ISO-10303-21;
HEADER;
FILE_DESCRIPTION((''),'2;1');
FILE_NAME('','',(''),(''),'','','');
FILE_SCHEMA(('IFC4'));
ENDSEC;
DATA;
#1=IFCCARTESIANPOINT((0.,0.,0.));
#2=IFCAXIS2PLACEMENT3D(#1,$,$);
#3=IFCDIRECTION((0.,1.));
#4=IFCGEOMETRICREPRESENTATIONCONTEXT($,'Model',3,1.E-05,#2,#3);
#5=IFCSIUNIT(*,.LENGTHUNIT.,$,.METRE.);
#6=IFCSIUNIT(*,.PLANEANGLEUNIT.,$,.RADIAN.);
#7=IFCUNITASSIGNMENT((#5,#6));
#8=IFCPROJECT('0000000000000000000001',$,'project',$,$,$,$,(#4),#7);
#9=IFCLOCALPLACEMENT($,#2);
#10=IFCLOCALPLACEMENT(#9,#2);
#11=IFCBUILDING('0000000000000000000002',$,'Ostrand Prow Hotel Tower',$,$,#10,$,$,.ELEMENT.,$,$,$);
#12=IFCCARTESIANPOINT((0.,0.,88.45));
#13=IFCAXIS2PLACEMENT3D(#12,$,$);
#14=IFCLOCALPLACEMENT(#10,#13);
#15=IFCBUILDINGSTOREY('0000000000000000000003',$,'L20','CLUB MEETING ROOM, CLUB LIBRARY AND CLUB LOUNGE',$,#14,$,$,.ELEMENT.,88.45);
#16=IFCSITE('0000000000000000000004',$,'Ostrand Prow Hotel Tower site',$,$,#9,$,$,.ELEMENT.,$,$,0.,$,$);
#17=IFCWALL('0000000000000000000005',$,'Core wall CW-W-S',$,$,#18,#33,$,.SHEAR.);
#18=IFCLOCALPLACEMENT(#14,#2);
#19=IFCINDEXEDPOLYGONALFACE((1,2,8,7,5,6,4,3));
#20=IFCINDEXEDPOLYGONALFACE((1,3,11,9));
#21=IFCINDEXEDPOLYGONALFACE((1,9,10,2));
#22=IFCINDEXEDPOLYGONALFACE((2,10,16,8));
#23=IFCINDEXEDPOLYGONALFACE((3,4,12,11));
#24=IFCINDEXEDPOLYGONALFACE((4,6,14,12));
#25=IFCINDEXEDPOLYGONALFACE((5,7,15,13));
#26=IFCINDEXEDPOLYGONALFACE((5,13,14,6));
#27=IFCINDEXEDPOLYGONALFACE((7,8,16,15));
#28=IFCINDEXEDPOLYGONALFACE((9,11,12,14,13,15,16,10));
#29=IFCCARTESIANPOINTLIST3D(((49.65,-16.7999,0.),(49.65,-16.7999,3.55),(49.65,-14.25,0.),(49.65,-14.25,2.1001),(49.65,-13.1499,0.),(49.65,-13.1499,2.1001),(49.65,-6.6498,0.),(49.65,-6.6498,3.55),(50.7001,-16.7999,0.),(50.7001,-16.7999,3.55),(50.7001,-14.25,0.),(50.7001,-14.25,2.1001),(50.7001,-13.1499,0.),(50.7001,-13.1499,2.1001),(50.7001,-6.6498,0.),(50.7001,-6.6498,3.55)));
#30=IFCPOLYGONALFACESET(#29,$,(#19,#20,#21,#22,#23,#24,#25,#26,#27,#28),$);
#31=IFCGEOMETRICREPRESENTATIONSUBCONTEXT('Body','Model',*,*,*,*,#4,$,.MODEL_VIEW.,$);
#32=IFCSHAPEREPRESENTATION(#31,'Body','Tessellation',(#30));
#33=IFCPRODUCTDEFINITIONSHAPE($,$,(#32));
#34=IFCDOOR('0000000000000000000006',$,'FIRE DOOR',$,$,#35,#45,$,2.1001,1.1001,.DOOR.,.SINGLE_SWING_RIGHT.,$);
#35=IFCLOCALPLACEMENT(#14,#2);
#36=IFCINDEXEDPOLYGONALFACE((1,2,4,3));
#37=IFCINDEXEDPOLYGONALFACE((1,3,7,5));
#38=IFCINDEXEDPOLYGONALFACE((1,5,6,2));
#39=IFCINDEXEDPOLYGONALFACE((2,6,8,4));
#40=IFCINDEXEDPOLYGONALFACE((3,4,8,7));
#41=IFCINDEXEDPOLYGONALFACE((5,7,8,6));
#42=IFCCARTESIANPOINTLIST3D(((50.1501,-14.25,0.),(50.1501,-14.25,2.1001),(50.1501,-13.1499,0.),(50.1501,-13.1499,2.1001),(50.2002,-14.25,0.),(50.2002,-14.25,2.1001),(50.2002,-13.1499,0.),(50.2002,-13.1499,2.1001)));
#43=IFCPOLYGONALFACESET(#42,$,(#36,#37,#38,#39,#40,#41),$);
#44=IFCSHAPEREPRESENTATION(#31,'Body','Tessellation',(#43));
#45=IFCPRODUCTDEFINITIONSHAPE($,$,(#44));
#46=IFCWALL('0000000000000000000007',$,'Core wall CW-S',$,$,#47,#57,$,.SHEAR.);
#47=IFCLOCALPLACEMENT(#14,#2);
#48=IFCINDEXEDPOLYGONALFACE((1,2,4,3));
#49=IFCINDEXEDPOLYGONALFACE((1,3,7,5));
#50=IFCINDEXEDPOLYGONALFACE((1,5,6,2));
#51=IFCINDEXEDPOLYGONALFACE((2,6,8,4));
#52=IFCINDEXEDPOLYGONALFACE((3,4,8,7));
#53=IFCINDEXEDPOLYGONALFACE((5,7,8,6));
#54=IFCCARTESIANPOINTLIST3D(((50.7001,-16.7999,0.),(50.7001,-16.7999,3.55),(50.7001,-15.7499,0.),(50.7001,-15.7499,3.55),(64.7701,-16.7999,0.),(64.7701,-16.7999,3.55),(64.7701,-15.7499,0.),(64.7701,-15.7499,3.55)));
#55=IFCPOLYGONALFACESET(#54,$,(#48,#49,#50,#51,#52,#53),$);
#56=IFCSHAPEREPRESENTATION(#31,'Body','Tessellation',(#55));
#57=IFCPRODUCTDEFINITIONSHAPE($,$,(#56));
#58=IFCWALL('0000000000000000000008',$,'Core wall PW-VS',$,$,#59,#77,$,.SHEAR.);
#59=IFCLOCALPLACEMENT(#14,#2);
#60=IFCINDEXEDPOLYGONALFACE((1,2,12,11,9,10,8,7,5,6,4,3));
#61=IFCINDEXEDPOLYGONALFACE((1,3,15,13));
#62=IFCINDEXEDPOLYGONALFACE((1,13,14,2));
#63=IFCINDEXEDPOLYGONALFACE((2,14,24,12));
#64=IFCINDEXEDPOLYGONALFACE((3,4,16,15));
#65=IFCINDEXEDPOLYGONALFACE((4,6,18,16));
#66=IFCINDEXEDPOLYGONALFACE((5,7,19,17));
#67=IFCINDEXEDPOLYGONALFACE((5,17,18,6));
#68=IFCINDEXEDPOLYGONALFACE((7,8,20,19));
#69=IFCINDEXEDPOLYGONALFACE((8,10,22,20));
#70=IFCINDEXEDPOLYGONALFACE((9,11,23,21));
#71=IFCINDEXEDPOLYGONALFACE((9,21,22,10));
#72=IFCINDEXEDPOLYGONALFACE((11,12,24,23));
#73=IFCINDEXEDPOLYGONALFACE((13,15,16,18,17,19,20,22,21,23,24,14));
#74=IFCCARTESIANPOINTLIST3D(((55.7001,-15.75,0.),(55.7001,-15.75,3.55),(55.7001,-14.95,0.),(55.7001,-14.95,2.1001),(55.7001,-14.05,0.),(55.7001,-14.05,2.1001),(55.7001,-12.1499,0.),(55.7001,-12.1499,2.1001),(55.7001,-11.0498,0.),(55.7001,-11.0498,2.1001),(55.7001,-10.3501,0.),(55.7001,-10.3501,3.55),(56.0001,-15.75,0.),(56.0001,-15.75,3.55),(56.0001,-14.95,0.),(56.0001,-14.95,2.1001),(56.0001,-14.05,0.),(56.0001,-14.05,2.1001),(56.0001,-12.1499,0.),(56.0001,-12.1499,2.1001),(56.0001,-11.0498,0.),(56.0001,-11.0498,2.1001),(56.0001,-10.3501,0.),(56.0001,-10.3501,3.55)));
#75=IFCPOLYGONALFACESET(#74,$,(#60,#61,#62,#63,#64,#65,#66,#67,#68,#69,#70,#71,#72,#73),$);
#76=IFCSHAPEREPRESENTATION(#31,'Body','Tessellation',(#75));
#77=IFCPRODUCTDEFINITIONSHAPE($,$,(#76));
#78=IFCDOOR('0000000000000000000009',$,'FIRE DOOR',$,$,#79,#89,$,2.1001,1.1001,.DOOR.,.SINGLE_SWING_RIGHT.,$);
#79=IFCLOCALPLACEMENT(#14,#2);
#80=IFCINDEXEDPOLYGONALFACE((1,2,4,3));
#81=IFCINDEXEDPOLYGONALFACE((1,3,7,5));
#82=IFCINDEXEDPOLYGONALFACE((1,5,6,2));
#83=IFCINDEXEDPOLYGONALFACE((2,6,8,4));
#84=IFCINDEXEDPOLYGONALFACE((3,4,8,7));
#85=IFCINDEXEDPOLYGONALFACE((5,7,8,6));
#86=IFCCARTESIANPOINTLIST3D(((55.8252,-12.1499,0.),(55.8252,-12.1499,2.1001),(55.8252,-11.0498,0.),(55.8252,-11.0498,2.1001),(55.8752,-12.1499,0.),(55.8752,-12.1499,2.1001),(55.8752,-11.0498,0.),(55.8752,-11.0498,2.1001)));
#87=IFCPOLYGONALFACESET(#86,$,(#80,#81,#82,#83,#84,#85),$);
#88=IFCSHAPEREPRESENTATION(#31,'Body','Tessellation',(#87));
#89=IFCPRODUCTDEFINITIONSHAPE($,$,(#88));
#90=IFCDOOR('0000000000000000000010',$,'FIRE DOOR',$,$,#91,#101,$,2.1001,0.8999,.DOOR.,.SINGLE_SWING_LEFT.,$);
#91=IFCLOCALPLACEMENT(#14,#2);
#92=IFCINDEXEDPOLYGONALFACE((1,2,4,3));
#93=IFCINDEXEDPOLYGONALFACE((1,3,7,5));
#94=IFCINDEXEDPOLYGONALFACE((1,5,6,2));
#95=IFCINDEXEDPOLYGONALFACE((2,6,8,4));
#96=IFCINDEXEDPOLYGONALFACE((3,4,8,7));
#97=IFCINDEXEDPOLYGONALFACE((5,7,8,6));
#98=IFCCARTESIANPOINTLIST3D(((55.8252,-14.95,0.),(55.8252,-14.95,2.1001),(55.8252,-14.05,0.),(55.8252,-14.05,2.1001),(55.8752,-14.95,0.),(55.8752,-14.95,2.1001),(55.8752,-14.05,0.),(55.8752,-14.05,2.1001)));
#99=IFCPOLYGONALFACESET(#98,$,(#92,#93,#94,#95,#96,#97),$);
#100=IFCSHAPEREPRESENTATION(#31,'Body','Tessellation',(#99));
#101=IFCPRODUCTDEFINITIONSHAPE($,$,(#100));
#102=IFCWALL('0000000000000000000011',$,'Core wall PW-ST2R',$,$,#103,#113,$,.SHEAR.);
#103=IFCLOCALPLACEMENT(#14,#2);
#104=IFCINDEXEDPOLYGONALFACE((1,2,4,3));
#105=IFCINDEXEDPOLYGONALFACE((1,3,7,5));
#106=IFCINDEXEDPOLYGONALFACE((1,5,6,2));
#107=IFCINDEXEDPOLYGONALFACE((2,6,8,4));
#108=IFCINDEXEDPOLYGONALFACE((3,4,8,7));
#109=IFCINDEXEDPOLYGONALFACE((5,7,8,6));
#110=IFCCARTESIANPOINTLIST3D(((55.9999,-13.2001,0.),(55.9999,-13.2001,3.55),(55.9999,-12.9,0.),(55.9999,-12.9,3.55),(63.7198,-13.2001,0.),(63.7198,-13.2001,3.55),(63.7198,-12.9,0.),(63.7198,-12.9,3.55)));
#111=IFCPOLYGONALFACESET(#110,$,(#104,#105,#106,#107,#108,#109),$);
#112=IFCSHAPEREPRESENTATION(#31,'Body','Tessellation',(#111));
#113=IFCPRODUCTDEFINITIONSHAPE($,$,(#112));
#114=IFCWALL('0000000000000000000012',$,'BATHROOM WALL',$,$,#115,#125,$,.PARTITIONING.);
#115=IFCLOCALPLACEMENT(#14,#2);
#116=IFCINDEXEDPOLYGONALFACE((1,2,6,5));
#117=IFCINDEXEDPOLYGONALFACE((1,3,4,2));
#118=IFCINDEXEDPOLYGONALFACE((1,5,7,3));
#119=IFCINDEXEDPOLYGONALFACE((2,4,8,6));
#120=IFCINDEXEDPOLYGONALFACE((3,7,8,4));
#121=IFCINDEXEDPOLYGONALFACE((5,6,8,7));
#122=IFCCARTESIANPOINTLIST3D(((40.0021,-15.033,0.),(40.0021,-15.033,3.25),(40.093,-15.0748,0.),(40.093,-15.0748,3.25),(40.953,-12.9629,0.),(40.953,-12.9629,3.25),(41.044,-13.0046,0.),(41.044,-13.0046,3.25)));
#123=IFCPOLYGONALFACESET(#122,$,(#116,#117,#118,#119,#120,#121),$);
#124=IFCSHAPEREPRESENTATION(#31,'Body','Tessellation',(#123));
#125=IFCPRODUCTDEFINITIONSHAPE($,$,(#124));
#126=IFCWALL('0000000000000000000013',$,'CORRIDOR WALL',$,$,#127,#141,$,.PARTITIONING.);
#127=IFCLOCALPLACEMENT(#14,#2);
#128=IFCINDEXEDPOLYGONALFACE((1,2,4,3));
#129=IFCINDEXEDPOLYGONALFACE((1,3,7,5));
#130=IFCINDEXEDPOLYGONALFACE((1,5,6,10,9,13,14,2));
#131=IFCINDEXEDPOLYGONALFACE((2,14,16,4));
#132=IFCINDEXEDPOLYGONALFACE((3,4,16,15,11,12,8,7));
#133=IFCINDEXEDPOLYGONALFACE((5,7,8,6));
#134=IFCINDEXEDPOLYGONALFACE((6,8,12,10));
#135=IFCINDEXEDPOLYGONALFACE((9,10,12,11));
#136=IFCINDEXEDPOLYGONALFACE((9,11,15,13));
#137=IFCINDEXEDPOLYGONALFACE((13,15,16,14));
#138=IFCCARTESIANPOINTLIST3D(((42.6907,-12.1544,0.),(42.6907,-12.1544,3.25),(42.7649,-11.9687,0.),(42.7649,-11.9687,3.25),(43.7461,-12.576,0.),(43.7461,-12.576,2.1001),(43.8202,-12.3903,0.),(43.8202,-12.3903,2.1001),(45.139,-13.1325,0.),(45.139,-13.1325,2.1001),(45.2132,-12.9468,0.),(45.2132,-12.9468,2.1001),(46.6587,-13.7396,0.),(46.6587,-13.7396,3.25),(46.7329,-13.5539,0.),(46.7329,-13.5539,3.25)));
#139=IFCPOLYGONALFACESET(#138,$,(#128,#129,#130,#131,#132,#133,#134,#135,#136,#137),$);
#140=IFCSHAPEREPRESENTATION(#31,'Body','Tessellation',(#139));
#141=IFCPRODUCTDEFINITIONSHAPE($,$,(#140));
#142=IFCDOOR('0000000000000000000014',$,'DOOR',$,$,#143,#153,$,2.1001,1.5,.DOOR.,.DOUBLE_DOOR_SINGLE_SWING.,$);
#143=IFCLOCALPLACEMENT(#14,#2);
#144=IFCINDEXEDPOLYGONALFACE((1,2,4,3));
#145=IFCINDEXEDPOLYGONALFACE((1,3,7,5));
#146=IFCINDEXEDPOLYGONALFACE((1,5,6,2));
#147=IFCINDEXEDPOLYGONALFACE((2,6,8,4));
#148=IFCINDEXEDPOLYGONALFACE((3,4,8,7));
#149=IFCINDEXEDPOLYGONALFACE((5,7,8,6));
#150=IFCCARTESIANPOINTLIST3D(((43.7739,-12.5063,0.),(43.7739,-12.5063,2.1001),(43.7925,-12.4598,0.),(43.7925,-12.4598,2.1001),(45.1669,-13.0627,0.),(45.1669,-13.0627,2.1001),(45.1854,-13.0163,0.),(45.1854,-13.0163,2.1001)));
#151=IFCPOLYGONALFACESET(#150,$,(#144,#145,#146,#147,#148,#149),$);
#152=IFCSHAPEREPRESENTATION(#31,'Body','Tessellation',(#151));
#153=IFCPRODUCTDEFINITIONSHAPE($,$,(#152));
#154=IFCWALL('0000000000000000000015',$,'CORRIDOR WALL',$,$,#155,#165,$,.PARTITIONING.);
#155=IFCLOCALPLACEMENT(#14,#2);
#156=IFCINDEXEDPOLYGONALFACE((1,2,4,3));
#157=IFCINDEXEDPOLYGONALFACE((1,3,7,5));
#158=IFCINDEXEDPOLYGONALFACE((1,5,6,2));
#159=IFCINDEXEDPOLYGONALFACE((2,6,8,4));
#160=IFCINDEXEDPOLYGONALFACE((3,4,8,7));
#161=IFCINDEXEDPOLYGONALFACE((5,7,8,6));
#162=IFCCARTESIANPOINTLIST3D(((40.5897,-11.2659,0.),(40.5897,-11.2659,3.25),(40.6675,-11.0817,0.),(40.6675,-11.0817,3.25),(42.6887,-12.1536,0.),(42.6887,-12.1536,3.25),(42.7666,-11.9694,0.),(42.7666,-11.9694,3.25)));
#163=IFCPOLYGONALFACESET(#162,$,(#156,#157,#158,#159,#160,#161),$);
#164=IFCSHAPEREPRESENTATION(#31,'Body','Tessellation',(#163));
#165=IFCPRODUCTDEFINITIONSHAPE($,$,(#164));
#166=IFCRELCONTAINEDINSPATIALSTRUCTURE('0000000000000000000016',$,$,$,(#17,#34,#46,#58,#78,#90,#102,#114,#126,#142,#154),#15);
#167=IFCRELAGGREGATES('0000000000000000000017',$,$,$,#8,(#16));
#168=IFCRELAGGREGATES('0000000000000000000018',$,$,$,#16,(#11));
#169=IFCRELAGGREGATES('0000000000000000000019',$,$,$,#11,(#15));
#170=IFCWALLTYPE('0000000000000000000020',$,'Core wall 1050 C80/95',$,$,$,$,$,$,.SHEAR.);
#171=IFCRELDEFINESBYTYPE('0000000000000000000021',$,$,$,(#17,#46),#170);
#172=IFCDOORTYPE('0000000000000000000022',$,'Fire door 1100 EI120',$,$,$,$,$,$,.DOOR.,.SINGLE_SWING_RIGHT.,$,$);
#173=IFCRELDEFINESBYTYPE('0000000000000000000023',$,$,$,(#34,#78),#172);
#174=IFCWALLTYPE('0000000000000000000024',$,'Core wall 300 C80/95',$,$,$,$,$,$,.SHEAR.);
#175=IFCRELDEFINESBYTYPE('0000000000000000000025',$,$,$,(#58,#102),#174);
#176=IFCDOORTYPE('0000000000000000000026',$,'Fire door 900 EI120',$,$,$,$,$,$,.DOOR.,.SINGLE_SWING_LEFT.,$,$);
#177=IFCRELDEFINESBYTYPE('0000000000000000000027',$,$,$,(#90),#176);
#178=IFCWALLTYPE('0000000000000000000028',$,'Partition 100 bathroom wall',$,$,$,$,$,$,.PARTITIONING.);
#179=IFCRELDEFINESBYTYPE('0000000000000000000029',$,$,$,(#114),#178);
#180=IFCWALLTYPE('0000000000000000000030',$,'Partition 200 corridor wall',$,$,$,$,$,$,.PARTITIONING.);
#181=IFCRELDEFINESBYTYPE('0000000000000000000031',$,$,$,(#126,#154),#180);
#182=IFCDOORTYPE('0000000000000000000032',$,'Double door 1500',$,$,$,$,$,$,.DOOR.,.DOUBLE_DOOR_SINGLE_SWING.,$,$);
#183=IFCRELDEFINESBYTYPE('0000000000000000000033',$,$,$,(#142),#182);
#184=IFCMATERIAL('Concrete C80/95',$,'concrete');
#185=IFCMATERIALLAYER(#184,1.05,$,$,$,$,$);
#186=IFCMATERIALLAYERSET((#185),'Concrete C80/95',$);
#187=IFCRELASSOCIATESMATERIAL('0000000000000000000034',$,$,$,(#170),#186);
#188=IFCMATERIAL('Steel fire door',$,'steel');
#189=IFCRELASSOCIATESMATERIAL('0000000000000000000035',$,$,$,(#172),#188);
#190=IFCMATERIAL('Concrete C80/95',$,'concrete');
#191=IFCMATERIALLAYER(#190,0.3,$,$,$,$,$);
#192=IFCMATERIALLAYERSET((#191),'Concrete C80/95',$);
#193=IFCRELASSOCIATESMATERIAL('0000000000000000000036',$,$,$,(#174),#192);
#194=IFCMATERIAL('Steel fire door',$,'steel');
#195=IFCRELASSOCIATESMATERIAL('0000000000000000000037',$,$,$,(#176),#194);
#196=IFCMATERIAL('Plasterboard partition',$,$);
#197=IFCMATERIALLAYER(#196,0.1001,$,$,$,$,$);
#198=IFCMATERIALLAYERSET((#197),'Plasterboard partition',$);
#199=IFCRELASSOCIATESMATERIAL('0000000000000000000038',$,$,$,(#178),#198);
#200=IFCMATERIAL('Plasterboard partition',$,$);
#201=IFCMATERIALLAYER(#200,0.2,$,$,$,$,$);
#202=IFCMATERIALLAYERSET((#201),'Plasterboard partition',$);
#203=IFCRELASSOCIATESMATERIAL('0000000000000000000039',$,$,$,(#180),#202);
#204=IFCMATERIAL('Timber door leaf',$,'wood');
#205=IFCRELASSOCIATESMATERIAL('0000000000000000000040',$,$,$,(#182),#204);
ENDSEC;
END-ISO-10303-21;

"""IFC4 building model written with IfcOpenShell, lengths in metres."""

from ifc_helpers import new_model, si_unit, direction, frame, frame_2d, origin, place, context, subcontext, project, spatial, rectangle, extrude, material, layer, layer_set, type_object, element, fill, save


model = new_model("IFC4")

# Units and contexts
model_context = context("Model", 3, precision=1e-05, world=origin(), true_north=direction((0.0, 1.0)))
body_context = subcontext(model_context, "Body", "Model", "MODEL_VIEW")
ifc_project = project(units=[si_unit("LENGTHUNIT", "METRE"), si_unit("PLANEANGLEUNIT", "RADIAN")], contexts=[model_context])

# Site, building, storey
site_placement = place(None, origin())
site = spatial("IfcSite", under=ifc_project, at=site_placement, Name="Ostrand Prow Hotel Tower site", CompositionType="ELEMENT", RefElevation=0.0)
building_placement = place(site_placement, origin())
building = spatial("IfcBuilding", under=site, at=building_placement, Name="Ostrand Prow Hotel Tower", CompositionType="ELEMENT")
storey_placement = place(building_placement, frame((0.0, 0.0, 88.45)))
storey = spatial("IfcBuildingStorey", under=building, at=storey_placement, Name="L20", Description="CLUB MEETING ROOM, CLUB LIBRARY AND CLUB LOUNGE", CompositionType="ELEMENT", Elevation=88.45)

# Wall, opening, door
ifc_material_1 = material(Name="Concrete C80/95", Category="concrete")
ifc_layer_1 = layer(ifc_material_1, 1.05)
ifc_layer_set_1 = layer_set([ifc_layer_1], Name="Concrete C80/95")
wall_type_1 = type_object("IfcWallType", Name="Core wall 1050 C80/95", PredefinedType="SHEAR", material=ifc_layer_set_1)
wall_1_placement = place(storey_placement, frame((50.175, -16.8, 0.0), z_axis=(0.0, 0.0, 1.0), x_axis=(0.0, 1.0, 0.0)))
wall_1 = element("IfcWall", 1, at=wall_1_placement, inside=storey, type_object=wall_type_1, Name="Core wall CW-W-S", PredefinedType="SHEAR", context=body_context, shape_type="SweptSolid", body=[
    extrude(rectangle(XDim=10.1501, YDim=1.05, at=frame_2d((5.0752, 0.0))), origin(), (0.0, 0.0, 1.0), 3.55),
])
opening_1_placement = place(wall_1_placement, frame((2.55, 0.0, 0.0)))
opening_1 = element("IfcOpeningElement", 2, at=opening_1_placement, cuts=wall_1, PredefinedType="OPENING", context=body_context, shape_type="SweptSolid", body=[
    extrude(rectangle(XDim=1.1001, YDim=2.1001, at=frame_2d((0.55, 1.05))), frame((0.0, 0.5349, 0.0), z_axis=(0.0, -1.0, 0.0), x_axis=(1.0, 0.0, 0.0)), (0.0, 0.0, 1.0), 1.0701),
])
ifc_material_2 = material(Name="Steel fire door", Category="steel")
door_type_1 = type_object("IfcDoorType", Name="Fire door 1100 EI120", OperationType="SINGLE_SWING_RIGHT", PredefinedType="DOOR", material=ifc_material_2)
door_1_placement = place(opening_1_placement, origin())
door_1 = element("IfcDoor", 3, at=door_1_placement, inside=storey, type_object=door_type_1, Name="FIRE DOOR", OperationType="SINGLE_SWING_RIGHT", OverallHeight=2.1001, OverallWidth=1.1001, PredefinedType="DOOR", context=body_context, shape_type="SweptSolid", body=[
    extrude(rectangle(XDim=1.1001, YDim=2.1001, at=frame_2d((0.55, 1.05))), frame((0.0, 0.0249, 0.0), z_axis=(0.0, -1.0, 0.0), x_axis=(1.0, 0.0, 0.0)), (0.0, 0.0, 1.0), 0.05),
])
fill(opening_1, door_1)

# Wall
wall_2_placement = place(storey_placement, frame((50.7, -16.2749, 0.0), z_axis=(0.0, 0.0, 1.0), x_axis=(1.0, 0.0, 0.0)))
element("IfcWall", 4, at=wall_2_placement, inside=storey, type_object=wall_type_1, Name="Core wall CW-S", PredefinedType="SHEAR", context=body_context, shape_type="SweptSolid", body=[
    extrude(rectangle(XDim=14.0701, YDim=1.05, at=frame_2d((7.0352, 0.0))), origin(), (0.0, 0.0, 1.0), 3.55),
])

# Wall, openings, doors
ifc_material_3 = material(Name="Concrete C80/95", Category="concrete")
ifc_layer_2 = layer(ifc_material_3, 0.3)
ifc_layer_set_2 = layer_set([ifc_layer_2], Name="Concrete C80/95")
wall_type_2 = type_object("IfcWallType", Name="Core wall 300 C80/95", PredefinedType="SHEAR", material=ifc_layer_set_2)
wall_3_placement = place(storey_placement, frame((55.8501, -15.75, 0.0), z_axis=(0.0, 0.0, 1.0), x_axis=(0.0, 1.0, 0.0)))
wall_3 = element("IfcWall", 5, at=wall_3_placement, inside=storey, type_object=wall_type_2, Name="Core wall PW-VS", PredefinedType="SHEAR", context=body_context, shape_type="SweptSolid", body=[
    extrude(rectangle(XDim=5.3999, YDim=0.3, at=frame_2d((2.7, 0.0))), origin(), (0.0, 0.0, 1.0), 3.55),
])
opening_2_placement = place(wall_3_placement, frame((3.6001, 0.0, 0.0)))
opening_2 = element("IfcOpeningElement", 6, at=opening_2_placement, cuts=wall_3, PredefinedType="OPENING", context=body_context, shape_type="SweptSolid", body=[
    extrude(rectangle(XDim=1.1001, YDim=2.1001, at=frame_2d((0.55, 1.05))), frame((0.0, 0.1599, 0.0), z_axis=(0.0, -1.0, 0.0), x_axis=(1.0, 0.0, 0.0)), (0.0, 0.0, 1.0), 0.3201),
])
opening_3_placement = place(wall_3_placement, frame((0.8, 0.0, 0.0)))
opening_3 = element("IfcOpeningElement", 7, at=opening_3_placement, cuts=wall_3, PredefinedType="OPENING", context=body_context, shape_type="SweptSolid", body=[
    extrude(rectangle(XDim=0.8999, YDim=2.1001, at=frame_2d((0.45, 1.05))), frame((0.0, 0.1599, 0.0), z_axis=(0.0, -1.0, 0.0), x_axis=(1.0, 0.0, 0.0)), (0.0, 0.0, 1.0), 0.3201),
])
door_2_placement = place(opening_2_placement, origin())
door_2 = element("IfcDoor", 8, at=door_2_placement, inside=storey, type_object=door_type_1, Name="FIRE DOOR", OperationType="SINGLE_SWING_RIGHT", OverallHeight=2.1001, OverallWidth=1.1001, PredefinedType="DOOR", context=body_context, shape_type="SweptSolid", body=[
    extrude(rectangle(XDim=1.1001, YDim=2.1001, at=frame_2d((0.55, 1.05))), frame((0.0, 0.0249, 0.0), z_axis=(0.0, -1.0, 0.0), x_axis=(1.0, 0.0, 0.0)), (0.0, 0.0, 1.0), 0.05),
])
fill(opening_2, door_2)
ifc_material_4 = material(Name="Steel fire door", Category="steel")
door_type_2 = type_object("IfcDoorType", Name="Fire door 900 EI120", OperationType="SINGLE_SWING_LEFT", PredefinedType="DOOR", material=ifc_material_4)
door_3_placement = place(opening_3_placement, origin())
door_3 = element("IfcDoor", 9, at=door_3_placement, inside=storey, type_object=door_type_2, Name="FIRE DOOR", OperationType="SINGLE_SWING_LEFT", OverallHeight=2.1001, OverallWidth=0.8999, PredefinedType="DOOR", context=body_context, shape_type="SweptSolid", body=[
    extrude(rectangle(XDim=0.8999, YDim=2.1001, at=frame_2d((0.45, 1.05))), frame((0.0, 0.0249, 0.0), z_axis=(0.0, -1.0, 0.0), x_axis=(1.0, 0.0, 0.0)), (0.0, 0.0, 1.0), 0.05),
])
fill(opening_3, door_3)

# Walls
wall_4_placement = place(storey_placement, frame((56.0, -13.05, 0.0), z_axis=(0.0, 0.0, 1.0), x_axis=(1.0, 0.0, 0.0)))
element("IfcWall", 10, at=wall_4_placement, inside=storey, type_object=wall_type_2, Name="Core wall PW-ST2R", PredefinedType="SHEAR", context=body_context, shape_type="SweptSolid", body=[
    extrude(rectangle(XDim=7.72, YDim=0.3, at=frame_2d((3.8599, 0.0))), origin(), (0.0, 0.0, 1.0), 3.55),
])
ifc_material_5 = material(Name="Plasterboard partition")
ifc_layer_3 = layer(ifc_material_5, 0.1001)
ifc_layer_set_3 = layer_set([ifc_layer_3], Name="Plasterboard partition")
wall_type_3 = type_object("IfcWallType", Name="Partition 100 bathroom wall", PredefinedType="PARTITIONING", material=ifc_layer_set_3)
wall_5_placement = place(storey_placement, frame((40.9985, -12.9836, 0.0), z_axis=(0.0, 0.0, 1.0), x_axis=(-0.417433, -0.908708, 0.0)))
element("IfcWall", 11, at=wall_5_placement, inside=storey, type_object=wall_type_3, Name="BATHROOM WALL", PredefinedType="PARTITIONING", context=body_context, shape_type="SweptSolid", body=[
    extrude(rectangle(XDim=2.2781, YDim=0.1001, at=frame_2d((1.1392, 0.0))), origin(), (0.0, 0.0, 1.0), 3.25),
])

# Wall, opening, door
ifc_material_6 = material(Name="Plasterboard partition")
ifc_layer_4 = layer(ifc_material_6, 0.2)
ifc_layer_set_4 = layer_set([ifc_layer_4], Name="Plasterboard partition")
wall_type_4 = type_object("IfcWallType", Name="Partition 200 corridor wall", PredefinedType="PARTITIONING", material=ifc_layer_set_4)
wall_6_placement = place(storey_placement, frame((46.6958, -13.6467, 0.0), z_axis=(0.0, 0.0, 1.0), x_axis=(-0.928638, 0.370987, 0.0)))
wall_6 = element("IfcWall", 12, at=wall_6_placement, inside=storey, type_object=wall_type_4, Name="CORRIDOR WALL", PredefinedType="PARTITIONING", context=body_context, shape_type="SweptSolid", body=[
    extrude(rectangle(XDim=4.2729, YDim=0.2, at=frame_2d((2.1365, 0.0))), origin(), (0.0, 0.0, 1.0), 3.25),
])
opening_4_placement = place(wall_6_placement, frame((1.6365, 0.0, 0.0)))
opening_4 = element("IfcOpeningElement", 13, at=opening_4_placement, cuts=wall_6, PredefinedType="OPENING", context=body_context, shape_type="SweptSolid", body=[
    extrude(rectangle(XDim=1.5, YDim=2.1001, at=frame_2d((0.75, 1.05))), frame((0.0, 0.1099, 0.0), z_axis=(0.0, -1.0, 0.0), x_axis=(1.0, 0.0, 0.0)), (0.0, 0.0, 1.0), 0.22),
])
ifc_material_7 = material(Name="Timber door leaf", Category="wood")
door_type_3 = type_object("IfcDoorType", Name="Double door 1500", OperationType="DOUBLE_DOOR_SINGLE_SWING", PredefinedType="DOOR", material=ifc_material_7)
door_4_placement = place(opening_4_placement, origin())
door_4 = element("IfcDoor", 14, at=door_4_placement, inside=storey, type_object=door_type_3, Name="DOOR", OperationType="DOUBLE_DOOR_SINGLE_SWING", OverallHeight=2.1001, OverallWidth=1.5, PredefinedType="DOOR", context=body_context, shape_type="SweptSolid", body=[
    extrude(rectangle(XDim=1.5, YDim=2.1001, at=frame_2d((0.75, 1.05))), frame((0.0, 0.0249, 0.0), z_axis=(0.0, -1.0, 0.0), x_axis=(1.0, 0.0, 0.0)), (0.0, 0.0, 1.0), 0.05),
])
fill(opening_4, door_4)

# Wall
wall_7_placement = place(storey_placement, frame((42.7278, -12.0615, 0.0), z_axis=(0.0, 0.0, 1.0), x_axis=(-0.921029, 0.389493, 0.0)))
element("IfcWall", 15, at=wall_7_placement, inside=storey, type_object=wall_type_4, Name="CORRIDOR WALL", PredefinedType="PARTITIONING", context=body_context, shape_type="SweptSolid", body=[
    extrude(rectangle(XDim=2.2791, YDim=0.2, at=frame_2d((1.1396, 0.0))), origin(), (0.0, 0.0, 1.0), 3.25),
])

save(model, "model.ifc")
